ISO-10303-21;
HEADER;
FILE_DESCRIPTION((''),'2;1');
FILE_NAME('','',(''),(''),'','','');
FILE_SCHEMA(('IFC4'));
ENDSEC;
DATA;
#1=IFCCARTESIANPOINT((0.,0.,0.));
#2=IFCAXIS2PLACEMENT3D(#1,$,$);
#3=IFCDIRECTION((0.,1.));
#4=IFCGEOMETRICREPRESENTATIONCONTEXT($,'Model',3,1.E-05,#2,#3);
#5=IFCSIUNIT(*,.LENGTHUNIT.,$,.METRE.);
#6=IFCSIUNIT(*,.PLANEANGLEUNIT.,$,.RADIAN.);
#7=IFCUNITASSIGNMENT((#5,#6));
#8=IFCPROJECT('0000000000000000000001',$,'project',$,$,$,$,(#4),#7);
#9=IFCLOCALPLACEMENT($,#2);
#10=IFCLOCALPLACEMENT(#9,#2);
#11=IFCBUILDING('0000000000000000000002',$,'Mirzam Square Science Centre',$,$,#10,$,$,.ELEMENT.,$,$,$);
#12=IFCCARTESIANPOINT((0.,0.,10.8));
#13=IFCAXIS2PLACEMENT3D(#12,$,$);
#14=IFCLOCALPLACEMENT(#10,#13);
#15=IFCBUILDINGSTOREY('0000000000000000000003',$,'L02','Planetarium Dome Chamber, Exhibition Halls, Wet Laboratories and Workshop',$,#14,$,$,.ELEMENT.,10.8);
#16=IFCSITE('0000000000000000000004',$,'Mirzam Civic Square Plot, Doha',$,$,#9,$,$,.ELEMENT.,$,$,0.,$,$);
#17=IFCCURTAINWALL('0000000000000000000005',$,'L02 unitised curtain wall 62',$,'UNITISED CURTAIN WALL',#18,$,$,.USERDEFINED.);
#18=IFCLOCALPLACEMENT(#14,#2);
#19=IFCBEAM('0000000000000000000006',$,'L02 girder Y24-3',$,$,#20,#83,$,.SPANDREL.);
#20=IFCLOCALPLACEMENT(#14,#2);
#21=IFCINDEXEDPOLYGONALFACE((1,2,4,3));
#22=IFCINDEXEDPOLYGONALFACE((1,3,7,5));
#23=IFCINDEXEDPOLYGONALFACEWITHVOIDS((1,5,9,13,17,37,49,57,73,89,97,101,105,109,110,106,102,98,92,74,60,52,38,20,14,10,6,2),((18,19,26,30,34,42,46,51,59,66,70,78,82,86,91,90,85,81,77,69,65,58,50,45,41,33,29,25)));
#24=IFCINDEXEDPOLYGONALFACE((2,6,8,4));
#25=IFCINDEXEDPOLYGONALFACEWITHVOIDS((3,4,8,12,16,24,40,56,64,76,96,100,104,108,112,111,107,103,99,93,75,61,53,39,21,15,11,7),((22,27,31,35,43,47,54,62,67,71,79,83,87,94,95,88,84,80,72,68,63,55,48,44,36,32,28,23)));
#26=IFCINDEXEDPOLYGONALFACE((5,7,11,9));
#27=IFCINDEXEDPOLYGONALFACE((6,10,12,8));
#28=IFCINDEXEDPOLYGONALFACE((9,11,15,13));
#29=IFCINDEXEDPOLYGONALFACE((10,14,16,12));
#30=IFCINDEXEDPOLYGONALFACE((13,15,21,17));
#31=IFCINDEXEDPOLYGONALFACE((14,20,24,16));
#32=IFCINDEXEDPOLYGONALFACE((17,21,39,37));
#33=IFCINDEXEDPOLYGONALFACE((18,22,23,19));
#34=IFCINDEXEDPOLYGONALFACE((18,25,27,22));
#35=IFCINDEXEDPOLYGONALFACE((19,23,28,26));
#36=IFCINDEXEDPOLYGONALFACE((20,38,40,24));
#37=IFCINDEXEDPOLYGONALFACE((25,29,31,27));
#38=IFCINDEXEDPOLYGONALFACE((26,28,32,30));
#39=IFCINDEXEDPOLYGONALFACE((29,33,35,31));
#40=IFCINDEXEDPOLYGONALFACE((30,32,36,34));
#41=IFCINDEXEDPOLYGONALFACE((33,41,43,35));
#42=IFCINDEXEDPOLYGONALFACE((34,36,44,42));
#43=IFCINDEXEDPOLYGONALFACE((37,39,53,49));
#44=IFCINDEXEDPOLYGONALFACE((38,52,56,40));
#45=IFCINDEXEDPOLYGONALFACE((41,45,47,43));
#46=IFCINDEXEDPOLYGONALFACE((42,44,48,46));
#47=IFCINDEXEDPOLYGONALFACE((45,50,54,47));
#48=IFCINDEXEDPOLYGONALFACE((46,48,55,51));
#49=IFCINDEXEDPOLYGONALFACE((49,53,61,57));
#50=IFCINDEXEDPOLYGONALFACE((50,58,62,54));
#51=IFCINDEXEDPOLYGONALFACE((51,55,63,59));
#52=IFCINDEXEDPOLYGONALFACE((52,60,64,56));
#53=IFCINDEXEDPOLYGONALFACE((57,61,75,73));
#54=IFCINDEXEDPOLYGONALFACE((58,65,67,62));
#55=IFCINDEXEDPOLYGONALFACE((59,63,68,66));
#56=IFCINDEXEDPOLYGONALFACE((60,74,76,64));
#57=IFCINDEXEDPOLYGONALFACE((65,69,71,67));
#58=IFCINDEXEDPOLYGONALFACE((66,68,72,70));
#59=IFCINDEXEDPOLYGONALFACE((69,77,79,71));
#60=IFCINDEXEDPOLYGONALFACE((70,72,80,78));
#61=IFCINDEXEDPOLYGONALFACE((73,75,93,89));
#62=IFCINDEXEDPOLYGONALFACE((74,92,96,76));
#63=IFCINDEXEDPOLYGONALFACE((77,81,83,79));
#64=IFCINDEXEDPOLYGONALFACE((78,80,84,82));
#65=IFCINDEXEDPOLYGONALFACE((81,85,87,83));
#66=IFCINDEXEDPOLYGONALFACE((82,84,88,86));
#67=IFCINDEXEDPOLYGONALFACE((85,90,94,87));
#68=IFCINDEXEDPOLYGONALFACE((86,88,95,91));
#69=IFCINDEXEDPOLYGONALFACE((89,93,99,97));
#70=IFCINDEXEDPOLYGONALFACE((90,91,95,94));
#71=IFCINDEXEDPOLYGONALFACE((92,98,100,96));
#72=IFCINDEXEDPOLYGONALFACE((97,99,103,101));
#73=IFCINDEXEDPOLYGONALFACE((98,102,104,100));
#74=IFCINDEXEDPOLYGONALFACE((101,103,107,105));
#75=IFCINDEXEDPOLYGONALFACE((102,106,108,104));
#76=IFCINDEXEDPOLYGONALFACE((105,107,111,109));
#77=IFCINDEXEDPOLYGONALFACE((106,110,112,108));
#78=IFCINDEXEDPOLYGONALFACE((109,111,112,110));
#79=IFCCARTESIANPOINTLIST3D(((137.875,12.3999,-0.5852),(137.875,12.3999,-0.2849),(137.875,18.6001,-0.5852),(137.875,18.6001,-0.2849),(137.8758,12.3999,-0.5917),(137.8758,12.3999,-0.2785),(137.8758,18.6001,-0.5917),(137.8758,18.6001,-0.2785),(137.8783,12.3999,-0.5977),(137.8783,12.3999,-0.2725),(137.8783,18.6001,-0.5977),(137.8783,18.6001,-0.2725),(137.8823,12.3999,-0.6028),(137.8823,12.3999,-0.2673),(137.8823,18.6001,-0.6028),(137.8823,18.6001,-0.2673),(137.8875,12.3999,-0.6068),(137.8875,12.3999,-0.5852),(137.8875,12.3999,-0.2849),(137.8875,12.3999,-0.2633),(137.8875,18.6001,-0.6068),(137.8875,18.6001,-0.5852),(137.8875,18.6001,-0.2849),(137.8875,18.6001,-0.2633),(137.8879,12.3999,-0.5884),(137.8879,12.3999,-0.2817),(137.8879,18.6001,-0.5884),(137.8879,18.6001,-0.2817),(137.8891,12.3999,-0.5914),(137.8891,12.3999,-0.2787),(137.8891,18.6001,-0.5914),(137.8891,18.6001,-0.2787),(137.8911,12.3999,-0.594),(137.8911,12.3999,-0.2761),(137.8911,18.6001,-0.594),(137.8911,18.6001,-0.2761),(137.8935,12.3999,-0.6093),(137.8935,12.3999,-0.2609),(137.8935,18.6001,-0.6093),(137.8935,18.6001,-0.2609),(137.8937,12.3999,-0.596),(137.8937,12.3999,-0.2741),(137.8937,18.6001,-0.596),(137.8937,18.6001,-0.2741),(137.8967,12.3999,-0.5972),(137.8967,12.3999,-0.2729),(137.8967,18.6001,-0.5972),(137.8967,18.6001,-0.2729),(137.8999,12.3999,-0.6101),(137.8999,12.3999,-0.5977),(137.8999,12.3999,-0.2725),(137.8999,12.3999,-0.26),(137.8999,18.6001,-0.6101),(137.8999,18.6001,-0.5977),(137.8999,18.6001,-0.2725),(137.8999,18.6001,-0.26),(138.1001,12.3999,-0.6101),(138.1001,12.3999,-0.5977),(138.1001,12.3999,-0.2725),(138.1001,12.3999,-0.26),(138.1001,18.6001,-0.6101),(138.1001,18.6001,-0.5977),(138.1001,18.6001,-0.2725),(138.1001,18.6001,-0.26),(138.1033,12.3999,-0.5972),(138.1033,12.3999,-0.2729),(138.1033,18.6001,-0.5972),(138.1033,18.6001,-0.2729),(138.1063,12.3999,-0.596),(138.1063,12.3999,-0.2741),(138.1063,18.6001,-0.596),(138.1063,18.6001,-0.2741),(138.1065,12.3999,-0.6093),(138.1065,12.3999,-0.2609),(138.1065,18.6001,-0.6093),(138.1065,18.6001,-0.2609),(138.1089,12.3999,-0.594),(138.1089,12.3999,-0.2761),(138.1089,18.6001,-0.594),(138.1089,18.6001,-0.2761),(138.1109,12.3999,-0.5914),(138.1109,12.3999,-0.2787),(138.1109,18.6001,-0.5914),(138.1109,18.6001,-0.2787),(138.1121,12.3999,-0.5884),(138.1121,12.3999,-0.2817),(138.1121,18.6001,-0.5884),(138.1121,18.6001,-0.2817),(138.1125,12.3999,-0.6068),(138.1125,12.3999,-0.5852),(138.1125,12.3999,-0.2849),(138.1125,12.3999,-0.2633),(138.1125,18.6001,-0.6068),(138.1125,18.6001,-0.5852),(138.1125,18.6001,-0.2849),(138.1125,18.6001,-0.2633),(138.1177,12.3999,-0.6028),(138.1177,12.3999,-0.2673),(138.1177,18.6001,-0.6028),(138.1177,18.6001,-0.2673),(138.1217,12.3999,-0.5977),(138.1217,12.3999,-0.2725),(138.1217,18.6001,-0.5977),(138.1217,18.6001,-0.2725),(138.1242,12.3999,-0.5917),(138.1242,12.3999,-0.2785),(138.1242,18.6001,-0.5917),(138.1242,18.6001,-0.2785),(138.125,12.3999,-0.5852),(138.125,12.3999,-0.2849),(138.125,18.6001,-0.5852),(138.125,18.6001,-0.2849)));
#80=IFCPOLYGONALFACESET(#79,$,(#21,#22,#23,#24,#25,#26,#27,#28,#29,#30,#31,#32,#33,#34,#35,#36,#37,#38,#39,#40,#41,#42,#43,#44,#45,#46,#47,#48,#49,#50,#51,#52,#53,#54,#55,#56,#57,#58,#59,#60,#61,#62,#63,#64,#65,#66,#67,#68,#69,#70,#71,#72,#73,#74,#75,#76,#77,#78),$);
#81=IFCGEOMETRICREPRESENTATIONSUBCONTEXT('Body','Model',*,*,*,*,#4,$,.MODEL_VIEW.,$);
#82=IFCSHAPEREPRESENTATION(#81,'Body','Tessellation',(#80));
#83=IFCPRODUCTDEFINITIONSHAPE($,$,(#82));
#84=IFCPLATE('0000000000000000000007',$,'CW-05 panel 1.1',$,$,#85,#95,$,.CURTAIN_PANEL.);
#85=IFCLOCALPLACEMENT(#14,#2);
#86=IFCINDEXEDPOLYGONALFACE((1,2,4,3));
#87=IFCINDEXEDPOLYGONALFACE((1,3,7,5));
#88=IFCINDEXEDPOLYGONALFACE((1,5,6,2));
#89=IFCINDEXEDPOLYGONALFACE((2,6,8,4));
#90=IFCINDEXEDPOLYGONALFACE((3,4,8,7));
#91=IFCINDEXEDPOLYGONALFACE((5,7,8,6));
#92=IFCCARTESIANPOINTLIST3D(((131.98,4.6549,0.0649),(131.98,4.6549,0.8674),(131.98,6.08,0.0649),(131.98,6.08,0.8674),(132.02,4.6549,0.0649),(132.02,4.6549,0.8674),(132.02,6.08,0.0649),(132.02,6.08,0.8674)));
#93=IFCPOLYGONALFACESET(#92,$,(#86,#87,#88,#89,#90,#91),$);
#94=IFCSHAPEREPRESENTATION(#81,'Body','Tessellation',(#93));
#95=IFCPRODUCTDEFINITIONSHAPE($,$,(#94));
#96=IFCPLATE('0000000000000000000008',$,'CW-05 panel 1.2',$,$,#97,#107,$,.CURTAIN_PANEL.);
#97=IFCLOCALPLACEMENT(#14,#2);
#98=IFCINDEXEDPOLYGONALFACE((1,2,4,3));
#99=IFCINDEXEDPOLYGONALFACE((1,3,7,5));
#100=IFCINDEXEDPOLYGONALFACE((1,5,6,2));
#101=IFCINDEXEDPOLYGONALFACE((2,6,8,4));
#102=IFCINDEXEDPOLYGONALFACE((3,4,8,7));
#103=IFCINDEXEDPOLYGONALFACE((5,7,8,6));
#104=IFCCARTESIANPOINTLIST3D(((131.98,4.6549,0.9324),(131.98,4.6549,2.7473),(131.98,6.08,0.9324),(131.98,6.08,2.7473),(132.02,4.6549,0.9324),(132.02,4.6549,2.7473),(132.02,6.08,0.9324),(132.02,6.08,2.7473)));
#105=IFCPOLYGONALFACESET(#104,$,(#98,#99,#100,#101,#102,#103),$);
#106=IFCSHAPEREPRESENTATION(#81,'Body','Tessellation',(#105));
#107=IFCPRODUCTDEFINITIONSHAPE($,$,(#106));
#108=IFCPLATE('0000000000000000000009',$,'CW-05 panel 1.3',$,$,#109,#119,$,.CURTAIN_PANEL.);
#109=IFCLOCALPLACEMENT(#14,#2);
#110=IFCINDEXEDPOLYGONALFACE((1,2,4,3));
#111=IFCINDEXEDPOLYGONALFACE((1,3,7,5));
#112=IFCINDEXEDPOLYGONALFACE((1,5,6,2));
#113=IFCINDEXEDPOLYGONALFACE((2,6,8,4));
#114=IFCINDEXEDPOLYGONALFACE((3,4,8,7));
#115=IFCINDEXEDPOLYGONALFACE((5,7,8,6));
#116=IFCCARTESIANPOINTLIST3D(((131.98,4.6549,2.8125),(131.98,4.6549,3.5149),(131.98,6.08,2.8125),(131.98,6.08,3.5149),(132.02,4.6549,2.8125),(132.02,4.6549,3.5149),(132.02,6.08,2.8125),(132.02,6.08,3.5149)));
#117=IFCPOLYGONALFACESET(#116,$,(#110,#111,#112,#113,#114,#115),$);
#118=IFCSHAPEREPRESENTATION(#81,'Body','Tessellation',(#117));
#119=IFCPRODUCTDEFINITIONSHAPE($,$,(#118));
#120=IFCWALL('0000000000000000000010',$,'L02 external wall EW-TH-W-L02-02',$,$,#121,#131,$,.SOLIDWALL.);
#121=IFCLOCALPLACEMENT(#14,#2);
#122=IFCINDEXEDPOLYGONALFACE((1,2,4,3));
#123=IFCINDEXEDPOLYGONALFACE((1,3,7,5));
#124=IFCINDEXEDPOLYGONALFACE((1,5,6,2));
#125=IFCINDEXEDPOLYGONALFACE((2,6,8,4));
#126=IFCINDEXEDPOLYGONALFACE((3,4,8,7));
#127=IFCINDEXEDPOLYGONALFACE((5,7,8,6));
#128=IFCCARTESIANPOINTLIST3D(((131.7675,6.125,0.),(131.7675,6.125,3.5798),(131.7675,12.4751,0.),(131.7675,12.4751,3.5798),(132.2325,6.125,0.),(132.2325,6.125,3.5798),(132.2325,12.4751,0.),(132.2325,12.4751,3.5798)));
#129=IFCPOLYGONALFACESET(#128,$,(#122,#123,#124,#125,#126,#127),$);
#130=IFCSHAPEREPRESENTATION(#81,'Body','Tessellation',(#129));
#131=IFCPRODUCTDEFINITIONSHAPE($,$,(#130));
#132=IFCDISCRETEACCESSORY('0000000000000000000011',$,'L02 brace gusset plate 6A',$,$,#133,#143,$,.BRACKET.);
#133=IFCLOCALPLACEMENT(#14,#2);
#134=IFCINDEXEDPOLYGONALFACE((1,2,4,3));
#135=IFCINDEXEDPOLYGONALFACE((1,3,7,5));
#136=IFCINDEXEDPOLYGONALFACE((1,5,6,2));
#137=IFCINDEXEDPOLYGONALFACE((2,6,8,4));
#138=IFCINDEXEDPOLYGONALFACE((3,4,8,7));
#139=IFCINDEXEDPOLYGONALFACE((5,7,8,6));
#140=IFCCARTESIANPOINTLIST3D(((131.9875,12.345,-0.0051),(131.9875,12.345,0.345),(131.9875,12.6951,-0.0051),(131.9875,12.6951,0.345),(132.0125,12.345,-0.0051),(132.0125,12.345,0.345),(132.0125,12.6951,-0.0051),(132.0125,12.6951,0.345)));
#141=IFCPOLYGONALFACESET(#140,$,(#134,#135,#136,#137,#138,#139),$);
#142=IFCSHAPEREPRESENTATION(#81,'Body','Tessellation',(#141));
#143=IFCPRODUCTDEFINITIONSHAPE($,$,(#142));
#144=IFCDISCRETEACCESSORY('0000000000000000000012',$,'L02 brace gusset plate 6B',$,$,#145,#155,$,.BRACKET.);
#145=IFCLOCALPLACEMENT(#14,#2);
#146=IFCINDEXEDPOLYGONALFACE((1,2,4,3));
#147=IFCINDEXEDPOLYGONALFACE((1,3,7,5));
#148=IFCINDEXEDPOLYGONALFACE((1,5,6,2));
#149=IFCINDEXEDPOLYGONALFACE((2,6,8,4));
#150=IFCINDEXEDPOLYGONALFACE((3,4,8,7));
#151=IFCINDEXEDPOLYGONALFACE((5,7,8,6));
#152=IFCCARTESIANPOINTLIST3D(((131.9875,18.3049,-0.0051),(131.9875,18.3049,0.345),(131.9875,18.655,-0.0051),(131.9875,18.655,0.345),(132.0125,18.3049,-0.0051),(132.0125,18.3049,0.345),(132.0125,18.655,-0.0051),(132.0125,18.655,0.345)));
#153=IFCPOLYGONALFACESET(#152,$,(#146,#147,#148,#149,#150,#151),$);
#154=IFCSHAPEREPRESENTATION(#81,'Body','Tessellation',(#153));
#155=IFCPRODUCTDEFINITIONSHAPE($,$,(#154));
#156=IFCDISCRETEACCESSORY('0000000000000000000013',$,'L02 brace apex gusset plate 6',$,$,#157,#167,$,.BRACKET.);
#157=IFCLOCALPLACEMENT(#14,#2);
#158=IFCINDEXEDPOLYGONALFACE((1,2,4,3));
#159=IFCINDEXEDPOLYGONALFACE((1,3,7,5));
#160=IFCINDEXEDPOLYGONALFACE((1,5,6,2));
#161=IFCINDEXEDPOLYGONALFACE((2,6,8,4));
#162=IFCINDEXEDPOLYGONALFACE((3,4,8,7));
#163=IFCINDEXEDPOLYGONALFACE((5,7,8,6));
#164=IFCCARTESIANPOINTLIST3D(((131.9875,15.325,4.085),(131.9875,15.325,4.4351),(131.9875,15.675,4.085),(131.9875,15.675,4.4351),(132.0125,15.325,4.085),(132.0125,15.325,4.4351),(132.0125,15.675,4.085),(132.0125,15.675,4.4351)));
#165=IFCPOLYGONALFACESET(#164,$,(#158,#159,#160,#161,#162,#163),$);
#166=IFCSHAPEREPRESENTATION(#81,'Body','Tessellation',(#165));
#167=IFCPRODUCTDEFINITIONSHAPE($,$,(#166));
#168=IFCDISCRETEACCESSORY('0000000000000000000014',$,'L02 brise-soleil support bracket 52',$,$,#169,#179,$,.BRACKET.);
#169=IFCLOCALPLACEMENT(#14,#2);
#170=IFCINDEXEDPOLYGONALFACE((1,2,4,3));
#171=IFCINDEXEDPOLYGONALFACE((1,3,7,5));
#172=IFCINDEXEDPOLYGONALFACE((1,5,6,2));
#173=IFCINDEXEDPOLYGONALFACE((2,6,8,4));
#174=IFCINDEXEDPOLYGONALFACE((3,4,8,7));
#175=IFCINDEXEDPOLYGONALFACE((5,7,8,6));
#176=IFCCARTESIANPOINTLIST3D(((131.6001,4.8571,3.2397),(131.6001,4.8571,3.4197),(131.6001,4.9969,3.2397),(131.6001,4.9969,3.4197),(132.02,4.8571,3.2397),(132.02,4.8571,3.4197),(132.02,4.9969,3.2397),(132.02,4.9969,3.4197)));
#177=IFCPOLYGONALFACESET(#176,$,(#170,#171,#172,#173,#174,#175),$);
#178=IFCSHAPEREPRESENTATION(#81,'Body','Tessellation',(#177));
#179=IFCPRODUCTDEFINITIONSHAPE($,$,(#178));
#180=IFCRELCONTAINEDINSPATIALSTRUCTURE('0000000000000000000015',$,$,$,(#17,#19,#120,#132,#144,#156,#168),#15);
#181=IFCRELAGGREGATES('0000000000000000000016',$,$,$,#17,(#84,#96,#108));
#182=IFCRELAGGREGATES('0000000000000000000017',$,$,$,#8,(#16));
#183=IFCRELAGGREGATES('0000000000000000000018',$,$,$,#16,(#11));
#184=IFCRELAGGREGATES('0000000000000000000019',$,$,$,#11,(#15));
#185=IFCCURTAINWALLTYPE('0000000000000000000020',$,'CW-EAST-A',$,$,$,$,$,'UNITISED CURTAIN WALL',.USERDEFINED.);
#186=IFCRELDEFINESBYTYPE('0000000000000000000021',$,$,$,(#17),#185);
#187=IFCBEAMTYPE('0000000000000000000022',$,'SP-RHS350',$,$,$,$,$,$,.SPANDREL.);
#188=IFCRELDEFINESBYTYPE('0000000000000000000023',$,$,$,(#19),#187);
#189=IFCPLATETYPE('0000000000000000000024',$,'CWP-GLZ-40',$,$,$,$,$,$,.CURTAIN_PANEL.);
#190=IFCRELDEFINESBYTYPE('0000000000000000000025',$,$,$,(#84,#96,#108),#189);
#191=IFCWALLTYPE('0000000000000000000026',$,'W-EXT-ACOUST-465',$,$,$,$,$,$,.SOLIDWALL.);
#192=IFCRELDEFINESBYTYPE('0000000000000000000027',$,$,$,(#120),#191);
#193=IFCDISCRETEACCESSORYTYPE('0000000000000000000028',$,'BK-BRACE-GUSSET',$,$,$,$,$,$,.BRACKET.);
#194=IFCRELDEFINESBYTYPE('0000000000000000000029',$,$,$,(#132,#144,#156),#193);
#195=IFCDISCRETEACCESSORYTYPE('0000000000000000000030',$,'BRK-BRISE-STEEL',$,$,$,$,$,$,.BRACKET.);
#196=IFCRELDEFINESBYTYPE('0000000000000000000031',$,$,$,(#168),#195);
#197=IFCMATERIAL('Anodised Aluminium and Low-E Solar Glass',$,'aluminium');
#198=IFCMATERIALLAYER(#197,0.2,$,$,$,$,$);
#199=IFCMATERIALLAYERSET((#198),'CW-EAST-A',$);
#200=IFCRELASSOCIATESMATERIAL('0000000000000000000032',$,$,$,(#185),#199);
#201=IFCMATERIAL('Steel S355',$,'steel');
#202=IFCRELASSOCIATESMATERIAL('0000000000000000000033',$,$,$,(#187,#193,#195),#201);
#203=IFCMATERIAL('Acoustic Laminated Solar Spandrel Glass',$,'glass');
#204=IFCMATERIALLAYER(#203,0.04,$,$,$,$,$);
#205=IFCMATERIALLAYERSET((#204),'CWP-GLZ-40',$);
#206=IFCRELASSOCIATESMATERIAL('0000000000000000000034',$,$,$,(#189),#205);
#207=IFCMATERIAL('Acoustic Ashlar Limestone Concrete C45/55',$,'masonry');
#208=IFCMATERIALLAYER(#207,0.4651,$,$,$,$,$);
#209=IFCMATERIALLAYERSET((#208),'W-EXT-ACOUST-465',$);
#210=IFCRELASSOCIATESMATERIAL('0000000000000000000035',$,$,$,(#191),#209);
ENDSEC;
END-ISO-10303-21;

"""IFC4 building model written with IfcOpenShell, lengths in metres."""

from ifc_helpers import new_model, si_unit, direction, frame, frame_2d, origin, origin_2d, place, context, subcontext, project, spatial, rectangle, hollow_rectangle, extrude, material, layer, layer_set, material_profile, profile_set, type_object, element, aggregate, save


model = new_model("IFC4")

# Units and contexts
model_context = context("Model", 3, precision=1e-05, world=origin(), true_north=direction((0.0, 1.0)))
body_context = subcontext(model_context, "Body", "Model", "MODEL_VIEW")
ifc_project = project(units=[si_unit("LENGTHUNIT", "METRE"), si_unit("PLANEANGLEUNIT", "RADIAN")], contexts=[model_context])

# Site, building, storey
site_placement = place(None, origin())
site = spatial("IfcSite", under=ifc_project, at=site_placement, Name="Mirzam Civic Square Plot, Doha", CompositionType="ELEMENT", RefElevation=0.0)
building_placement = place(site_placement, origin())
building = spatial("IfcBuilding", under=site, at=building_placement, Name="Mirzam Square Science Centre", CompositionType="ELEMENT")
storey_placement = place(building_placement, frame((0.0, 0.0, 10.8)))
storey = spatial("IfcBuildingStorey", under=building, at=storey_placement, Name="L02", Description="Planetarium Dome Chamber, Exhibition Halls, Wet Laboratories and Workshop", CompositionType="ELEMENT", Elevation=10.8)

# Shared definitions
ifc_material_1 = material(Name="Steel S355", Category="steel")

# Curtain wall
ifc_material_2 = material(Name="Anodised Aluminium and Low-E Solar Glass", Category="aluminium")
ifc_layer_1 = layer(ifc_material_2, 0.2)
ifc_layer_set_1 = layer_set([ifc_layer_1], Name="CW-EAST-A")
curtain_wall_type = type_object("IfcCurtainWallType", Name="CW-EAST-A", ElementType="UNITISED CURTAIN WALL", PredefinedType="USERDEFINED", material=ifc_layer_set_1)
curtain_wall_placement = place(storey_placement, origin())
curtain_wall = element("IfcCurtainWall", 1, at=curtain_wall_placement, inside=storey, type_object=curtain_wall_type, Name="L02 unitised curtain wall 62", ObjectType="UNITISED CURTAIN WALL", PredefinedType="USERDEFINED")

# Beam
ifc_material_profile_1 = material_profile(ifc_material_1, hollow_rectangle(XDim=0.25, YDim=0.3501, WallThickness=0.0125, InnerFilletRadius=0.0125, OuterFilletRadius=0.0249, at=origin_2d()), Name="350x250x12.5RHS")
ifc_profile_set_1 = profile_set([ifc_material_profile_1], Name="Steel S355")
beam_type_1 = type_object("IfcBeamType", Name="SP-RHS350", PredefinedType="SPANDREL", material=ifc_profile_set_1)
for number, where, z_axis, x_axis, name in (
    (2, (138.0, 12.3999, -0.4351), (0.0, 1.0, 0.0), (-1.0, 0.0, 0.0), "L02 girder Y24-3"),
):
    element("IfcBeam", number, at=place(storey_placement, frame(where, z_axis=z_axis, x_axis=x_axis)), inside=storey, type_object=beam_type_1, Name=name, PredefinedType="SPANDREL", context=body_context, shape_type="SweptSolid", body=[
        extrude(hollow_rectangle(XDim=0.25, YDim=0.3501, WallThickness=0.0125, InnerFilletRadius=0.0125, OuterFilletRadius=0.0249, at=origin_2d()), origin(), (0.0, 0.0, 1.0), 6.2002),
    ])

# Plates
ifc_material_3 = material(Name="Acoustic Laminated Solar Spandrel Glass", Category="glass")
ifc_layer_2 = layer(ifc_material_3, 0.04)
ifc_layer_set_2 = layer_set([ifc_layer_2], Name="CWP-GLZ-40")
plate_type = type_object("IfcPlateType", Name="CWP-GLZ-40", PredefinedType="CURTAIN_PANEL", material=ifc_layer_set_2)
plate_1_placement = place(storey_placement, frame((132.0, 5.3674, 0.0649), z_axis=(0.0, 0.0, 1.0), x_axis=(0.0, -1.0, 0.0)))
plate_1 = element("IfcPlate", 3, at=plate_1_placement, type_object=plate_type, Name="CW-05 panel 1.1", PredefinedType="CURTAIN_PANEL", context=body_context, shape_type="SweptSolid", body=[
    extrude(rectangle(XDim=1.425, YDim=0.04, at=origin_2d()), origin(), (0.0, 0.0, 1.0), 0.8025),
])
plate_2_placement = place(storey_placement, frame((132.0, 5.3674, 0.9324), z_axis=(0.0, 0.0, 1.0), x_axis=(0.0, -1.0, 0.0)))
plate_2 = element("IfcPlate", 4, at=plate_2_placement, type_object=plate_type, Name="CW-05 panel 1.2", PredefinedType="CURTAIN_PANEL", context=body_context, shape_type="SweptSolid", body=[
    extrude(rectangle(XDim=1.425, YDim=0.04, at=origin_2d()), origin(), (0.0, 0.0, 1.0), 1.8149),
])
plate_3_placement = place(storey_placement, frame((132.0, 5.3674, 2.8125), z_axis=(0.0, 0.0, 1.0), x_axis=(0.0, -1.0, 0.0)))
plate_3 = element("IfcPlate", 5, at=plate_3_placement, type_object=plate_type, Name="CW-05 panel 1.3", PredefinedType="CURTAIN_PANEL", context=body_context, shape_type="SweptSolid", body=[
    extrude(rectangle(XDim=1.425, YDim=0.04, at=origin_2d()), origin(), (0.0, 0.0, 1.0), 0.7024),
])
aggregate(curtain_wall, [plate_1, plate_2, plate_3])

# Wall
ifc_material_4 = material(Name="Acoustic Ashlar Limestone Concrete C45/55", Category="masonry")
ifc_layer_3 = layer(ifc_material_4, 0.4651)
ifc_layer_set_3 = layer_set([ifc_layer_3], Name="W-EXT-ACOUST-465")
wall_type = type_object("IfcWallType", Name="W-EXT-ACOUST-465", PredefinedType="SOLIDWALL", material=ifc_layer_set_3)
wall_placement = place(storey_placement, frame((132.0, 12.4751, 0.0), z_axis=(0.0, 0.0, 1.0), x_axis=(0.0, -1.0, 0.0)))
element("IfcWall", 6, at=wall_placement, inside=storey, type_object=wall_type, Name="L02 external wall EW-TH-W-L02-02", PredefinedType="SOLIDWALL", context=body_context, shape_type="SweptSolid", body=[
    extrude(rectangle(XDim=6.3501, YDim=0.4651, at=frame_2d((3.175, 0.0))), origin(), (0.0, 0.0, 1.0), 3.5798),
])

# Discrete accessories
discrete_accessory_type_1 = type_object("IfcDiscreteAccessoryType", Name="BK-BRACE-GUSSET", PredefinedType="BRACKET", material=ifc_material_1)
for number, where, z_axis, x_axis, name in (
    (7, (132.0, 12.52, -0.0051), (0.0, 0.0, 1.0), (0.0, 1.0, 0.0), "L02 brace gusset plate 6A"),
    (8, (132.0, 18.48, -0.0051), (0.0, 0.0, 1.0), (0.0, 1.0, 0.0), "L02 brace gusset plate 6B"),
    (9, (132.0, 15.5, 4.085), (0.0, 0.0, 1.0), (0.0, 1.0, 0.0), "L02 brace apex gusset plate 6"),
):
    element("IfcDiscreteAccessory", number, at=place(storey_placement, frame(where, z_axis=z_axis, x_axis=x_axis)), inside=storey, type_object=discrete_accessory_type_1, Name=name, PredefinedType="BRACKET", context=body_context, shape_type="SweptSolid", body=[
        extrude(rectangle(XDim=0.3501, YDim=0.0249, at=origin_2d()), origin(), (0.0, 0.0, 1.0), 0.3501),
    ])
discrete_accessory_type_2 = type_object("IfcDiscreteAccessoryType", Name="BRK-BRISE-STEEL", PredefinedType="BRACKET", material=ifc_material_1)
discrete_accessory_placement = place(storey_placement, frame((131.8101, 4.927, 3.2397), z_axis=(0.0, 0.0, 1.0), x_axis=(0.0, -1.0, 0.0)))
element("IfcDiscreteAccessory", 10, at=discrete_accessory_placement, inside=storey, type_object=discrete_accessory_type_2, Name="L02 brise-soleil support bracket 52", PredefinedType="BRACKET", context=body_context, shape_type="SweptSolid", body=[
    extrude(rectangle(XDim=0.1399, YDim=0.4199, at=origin_2d()), origin(), (0.0, 0.0, 1.0), 0.1799),
])

save(model, "model.ifc")
